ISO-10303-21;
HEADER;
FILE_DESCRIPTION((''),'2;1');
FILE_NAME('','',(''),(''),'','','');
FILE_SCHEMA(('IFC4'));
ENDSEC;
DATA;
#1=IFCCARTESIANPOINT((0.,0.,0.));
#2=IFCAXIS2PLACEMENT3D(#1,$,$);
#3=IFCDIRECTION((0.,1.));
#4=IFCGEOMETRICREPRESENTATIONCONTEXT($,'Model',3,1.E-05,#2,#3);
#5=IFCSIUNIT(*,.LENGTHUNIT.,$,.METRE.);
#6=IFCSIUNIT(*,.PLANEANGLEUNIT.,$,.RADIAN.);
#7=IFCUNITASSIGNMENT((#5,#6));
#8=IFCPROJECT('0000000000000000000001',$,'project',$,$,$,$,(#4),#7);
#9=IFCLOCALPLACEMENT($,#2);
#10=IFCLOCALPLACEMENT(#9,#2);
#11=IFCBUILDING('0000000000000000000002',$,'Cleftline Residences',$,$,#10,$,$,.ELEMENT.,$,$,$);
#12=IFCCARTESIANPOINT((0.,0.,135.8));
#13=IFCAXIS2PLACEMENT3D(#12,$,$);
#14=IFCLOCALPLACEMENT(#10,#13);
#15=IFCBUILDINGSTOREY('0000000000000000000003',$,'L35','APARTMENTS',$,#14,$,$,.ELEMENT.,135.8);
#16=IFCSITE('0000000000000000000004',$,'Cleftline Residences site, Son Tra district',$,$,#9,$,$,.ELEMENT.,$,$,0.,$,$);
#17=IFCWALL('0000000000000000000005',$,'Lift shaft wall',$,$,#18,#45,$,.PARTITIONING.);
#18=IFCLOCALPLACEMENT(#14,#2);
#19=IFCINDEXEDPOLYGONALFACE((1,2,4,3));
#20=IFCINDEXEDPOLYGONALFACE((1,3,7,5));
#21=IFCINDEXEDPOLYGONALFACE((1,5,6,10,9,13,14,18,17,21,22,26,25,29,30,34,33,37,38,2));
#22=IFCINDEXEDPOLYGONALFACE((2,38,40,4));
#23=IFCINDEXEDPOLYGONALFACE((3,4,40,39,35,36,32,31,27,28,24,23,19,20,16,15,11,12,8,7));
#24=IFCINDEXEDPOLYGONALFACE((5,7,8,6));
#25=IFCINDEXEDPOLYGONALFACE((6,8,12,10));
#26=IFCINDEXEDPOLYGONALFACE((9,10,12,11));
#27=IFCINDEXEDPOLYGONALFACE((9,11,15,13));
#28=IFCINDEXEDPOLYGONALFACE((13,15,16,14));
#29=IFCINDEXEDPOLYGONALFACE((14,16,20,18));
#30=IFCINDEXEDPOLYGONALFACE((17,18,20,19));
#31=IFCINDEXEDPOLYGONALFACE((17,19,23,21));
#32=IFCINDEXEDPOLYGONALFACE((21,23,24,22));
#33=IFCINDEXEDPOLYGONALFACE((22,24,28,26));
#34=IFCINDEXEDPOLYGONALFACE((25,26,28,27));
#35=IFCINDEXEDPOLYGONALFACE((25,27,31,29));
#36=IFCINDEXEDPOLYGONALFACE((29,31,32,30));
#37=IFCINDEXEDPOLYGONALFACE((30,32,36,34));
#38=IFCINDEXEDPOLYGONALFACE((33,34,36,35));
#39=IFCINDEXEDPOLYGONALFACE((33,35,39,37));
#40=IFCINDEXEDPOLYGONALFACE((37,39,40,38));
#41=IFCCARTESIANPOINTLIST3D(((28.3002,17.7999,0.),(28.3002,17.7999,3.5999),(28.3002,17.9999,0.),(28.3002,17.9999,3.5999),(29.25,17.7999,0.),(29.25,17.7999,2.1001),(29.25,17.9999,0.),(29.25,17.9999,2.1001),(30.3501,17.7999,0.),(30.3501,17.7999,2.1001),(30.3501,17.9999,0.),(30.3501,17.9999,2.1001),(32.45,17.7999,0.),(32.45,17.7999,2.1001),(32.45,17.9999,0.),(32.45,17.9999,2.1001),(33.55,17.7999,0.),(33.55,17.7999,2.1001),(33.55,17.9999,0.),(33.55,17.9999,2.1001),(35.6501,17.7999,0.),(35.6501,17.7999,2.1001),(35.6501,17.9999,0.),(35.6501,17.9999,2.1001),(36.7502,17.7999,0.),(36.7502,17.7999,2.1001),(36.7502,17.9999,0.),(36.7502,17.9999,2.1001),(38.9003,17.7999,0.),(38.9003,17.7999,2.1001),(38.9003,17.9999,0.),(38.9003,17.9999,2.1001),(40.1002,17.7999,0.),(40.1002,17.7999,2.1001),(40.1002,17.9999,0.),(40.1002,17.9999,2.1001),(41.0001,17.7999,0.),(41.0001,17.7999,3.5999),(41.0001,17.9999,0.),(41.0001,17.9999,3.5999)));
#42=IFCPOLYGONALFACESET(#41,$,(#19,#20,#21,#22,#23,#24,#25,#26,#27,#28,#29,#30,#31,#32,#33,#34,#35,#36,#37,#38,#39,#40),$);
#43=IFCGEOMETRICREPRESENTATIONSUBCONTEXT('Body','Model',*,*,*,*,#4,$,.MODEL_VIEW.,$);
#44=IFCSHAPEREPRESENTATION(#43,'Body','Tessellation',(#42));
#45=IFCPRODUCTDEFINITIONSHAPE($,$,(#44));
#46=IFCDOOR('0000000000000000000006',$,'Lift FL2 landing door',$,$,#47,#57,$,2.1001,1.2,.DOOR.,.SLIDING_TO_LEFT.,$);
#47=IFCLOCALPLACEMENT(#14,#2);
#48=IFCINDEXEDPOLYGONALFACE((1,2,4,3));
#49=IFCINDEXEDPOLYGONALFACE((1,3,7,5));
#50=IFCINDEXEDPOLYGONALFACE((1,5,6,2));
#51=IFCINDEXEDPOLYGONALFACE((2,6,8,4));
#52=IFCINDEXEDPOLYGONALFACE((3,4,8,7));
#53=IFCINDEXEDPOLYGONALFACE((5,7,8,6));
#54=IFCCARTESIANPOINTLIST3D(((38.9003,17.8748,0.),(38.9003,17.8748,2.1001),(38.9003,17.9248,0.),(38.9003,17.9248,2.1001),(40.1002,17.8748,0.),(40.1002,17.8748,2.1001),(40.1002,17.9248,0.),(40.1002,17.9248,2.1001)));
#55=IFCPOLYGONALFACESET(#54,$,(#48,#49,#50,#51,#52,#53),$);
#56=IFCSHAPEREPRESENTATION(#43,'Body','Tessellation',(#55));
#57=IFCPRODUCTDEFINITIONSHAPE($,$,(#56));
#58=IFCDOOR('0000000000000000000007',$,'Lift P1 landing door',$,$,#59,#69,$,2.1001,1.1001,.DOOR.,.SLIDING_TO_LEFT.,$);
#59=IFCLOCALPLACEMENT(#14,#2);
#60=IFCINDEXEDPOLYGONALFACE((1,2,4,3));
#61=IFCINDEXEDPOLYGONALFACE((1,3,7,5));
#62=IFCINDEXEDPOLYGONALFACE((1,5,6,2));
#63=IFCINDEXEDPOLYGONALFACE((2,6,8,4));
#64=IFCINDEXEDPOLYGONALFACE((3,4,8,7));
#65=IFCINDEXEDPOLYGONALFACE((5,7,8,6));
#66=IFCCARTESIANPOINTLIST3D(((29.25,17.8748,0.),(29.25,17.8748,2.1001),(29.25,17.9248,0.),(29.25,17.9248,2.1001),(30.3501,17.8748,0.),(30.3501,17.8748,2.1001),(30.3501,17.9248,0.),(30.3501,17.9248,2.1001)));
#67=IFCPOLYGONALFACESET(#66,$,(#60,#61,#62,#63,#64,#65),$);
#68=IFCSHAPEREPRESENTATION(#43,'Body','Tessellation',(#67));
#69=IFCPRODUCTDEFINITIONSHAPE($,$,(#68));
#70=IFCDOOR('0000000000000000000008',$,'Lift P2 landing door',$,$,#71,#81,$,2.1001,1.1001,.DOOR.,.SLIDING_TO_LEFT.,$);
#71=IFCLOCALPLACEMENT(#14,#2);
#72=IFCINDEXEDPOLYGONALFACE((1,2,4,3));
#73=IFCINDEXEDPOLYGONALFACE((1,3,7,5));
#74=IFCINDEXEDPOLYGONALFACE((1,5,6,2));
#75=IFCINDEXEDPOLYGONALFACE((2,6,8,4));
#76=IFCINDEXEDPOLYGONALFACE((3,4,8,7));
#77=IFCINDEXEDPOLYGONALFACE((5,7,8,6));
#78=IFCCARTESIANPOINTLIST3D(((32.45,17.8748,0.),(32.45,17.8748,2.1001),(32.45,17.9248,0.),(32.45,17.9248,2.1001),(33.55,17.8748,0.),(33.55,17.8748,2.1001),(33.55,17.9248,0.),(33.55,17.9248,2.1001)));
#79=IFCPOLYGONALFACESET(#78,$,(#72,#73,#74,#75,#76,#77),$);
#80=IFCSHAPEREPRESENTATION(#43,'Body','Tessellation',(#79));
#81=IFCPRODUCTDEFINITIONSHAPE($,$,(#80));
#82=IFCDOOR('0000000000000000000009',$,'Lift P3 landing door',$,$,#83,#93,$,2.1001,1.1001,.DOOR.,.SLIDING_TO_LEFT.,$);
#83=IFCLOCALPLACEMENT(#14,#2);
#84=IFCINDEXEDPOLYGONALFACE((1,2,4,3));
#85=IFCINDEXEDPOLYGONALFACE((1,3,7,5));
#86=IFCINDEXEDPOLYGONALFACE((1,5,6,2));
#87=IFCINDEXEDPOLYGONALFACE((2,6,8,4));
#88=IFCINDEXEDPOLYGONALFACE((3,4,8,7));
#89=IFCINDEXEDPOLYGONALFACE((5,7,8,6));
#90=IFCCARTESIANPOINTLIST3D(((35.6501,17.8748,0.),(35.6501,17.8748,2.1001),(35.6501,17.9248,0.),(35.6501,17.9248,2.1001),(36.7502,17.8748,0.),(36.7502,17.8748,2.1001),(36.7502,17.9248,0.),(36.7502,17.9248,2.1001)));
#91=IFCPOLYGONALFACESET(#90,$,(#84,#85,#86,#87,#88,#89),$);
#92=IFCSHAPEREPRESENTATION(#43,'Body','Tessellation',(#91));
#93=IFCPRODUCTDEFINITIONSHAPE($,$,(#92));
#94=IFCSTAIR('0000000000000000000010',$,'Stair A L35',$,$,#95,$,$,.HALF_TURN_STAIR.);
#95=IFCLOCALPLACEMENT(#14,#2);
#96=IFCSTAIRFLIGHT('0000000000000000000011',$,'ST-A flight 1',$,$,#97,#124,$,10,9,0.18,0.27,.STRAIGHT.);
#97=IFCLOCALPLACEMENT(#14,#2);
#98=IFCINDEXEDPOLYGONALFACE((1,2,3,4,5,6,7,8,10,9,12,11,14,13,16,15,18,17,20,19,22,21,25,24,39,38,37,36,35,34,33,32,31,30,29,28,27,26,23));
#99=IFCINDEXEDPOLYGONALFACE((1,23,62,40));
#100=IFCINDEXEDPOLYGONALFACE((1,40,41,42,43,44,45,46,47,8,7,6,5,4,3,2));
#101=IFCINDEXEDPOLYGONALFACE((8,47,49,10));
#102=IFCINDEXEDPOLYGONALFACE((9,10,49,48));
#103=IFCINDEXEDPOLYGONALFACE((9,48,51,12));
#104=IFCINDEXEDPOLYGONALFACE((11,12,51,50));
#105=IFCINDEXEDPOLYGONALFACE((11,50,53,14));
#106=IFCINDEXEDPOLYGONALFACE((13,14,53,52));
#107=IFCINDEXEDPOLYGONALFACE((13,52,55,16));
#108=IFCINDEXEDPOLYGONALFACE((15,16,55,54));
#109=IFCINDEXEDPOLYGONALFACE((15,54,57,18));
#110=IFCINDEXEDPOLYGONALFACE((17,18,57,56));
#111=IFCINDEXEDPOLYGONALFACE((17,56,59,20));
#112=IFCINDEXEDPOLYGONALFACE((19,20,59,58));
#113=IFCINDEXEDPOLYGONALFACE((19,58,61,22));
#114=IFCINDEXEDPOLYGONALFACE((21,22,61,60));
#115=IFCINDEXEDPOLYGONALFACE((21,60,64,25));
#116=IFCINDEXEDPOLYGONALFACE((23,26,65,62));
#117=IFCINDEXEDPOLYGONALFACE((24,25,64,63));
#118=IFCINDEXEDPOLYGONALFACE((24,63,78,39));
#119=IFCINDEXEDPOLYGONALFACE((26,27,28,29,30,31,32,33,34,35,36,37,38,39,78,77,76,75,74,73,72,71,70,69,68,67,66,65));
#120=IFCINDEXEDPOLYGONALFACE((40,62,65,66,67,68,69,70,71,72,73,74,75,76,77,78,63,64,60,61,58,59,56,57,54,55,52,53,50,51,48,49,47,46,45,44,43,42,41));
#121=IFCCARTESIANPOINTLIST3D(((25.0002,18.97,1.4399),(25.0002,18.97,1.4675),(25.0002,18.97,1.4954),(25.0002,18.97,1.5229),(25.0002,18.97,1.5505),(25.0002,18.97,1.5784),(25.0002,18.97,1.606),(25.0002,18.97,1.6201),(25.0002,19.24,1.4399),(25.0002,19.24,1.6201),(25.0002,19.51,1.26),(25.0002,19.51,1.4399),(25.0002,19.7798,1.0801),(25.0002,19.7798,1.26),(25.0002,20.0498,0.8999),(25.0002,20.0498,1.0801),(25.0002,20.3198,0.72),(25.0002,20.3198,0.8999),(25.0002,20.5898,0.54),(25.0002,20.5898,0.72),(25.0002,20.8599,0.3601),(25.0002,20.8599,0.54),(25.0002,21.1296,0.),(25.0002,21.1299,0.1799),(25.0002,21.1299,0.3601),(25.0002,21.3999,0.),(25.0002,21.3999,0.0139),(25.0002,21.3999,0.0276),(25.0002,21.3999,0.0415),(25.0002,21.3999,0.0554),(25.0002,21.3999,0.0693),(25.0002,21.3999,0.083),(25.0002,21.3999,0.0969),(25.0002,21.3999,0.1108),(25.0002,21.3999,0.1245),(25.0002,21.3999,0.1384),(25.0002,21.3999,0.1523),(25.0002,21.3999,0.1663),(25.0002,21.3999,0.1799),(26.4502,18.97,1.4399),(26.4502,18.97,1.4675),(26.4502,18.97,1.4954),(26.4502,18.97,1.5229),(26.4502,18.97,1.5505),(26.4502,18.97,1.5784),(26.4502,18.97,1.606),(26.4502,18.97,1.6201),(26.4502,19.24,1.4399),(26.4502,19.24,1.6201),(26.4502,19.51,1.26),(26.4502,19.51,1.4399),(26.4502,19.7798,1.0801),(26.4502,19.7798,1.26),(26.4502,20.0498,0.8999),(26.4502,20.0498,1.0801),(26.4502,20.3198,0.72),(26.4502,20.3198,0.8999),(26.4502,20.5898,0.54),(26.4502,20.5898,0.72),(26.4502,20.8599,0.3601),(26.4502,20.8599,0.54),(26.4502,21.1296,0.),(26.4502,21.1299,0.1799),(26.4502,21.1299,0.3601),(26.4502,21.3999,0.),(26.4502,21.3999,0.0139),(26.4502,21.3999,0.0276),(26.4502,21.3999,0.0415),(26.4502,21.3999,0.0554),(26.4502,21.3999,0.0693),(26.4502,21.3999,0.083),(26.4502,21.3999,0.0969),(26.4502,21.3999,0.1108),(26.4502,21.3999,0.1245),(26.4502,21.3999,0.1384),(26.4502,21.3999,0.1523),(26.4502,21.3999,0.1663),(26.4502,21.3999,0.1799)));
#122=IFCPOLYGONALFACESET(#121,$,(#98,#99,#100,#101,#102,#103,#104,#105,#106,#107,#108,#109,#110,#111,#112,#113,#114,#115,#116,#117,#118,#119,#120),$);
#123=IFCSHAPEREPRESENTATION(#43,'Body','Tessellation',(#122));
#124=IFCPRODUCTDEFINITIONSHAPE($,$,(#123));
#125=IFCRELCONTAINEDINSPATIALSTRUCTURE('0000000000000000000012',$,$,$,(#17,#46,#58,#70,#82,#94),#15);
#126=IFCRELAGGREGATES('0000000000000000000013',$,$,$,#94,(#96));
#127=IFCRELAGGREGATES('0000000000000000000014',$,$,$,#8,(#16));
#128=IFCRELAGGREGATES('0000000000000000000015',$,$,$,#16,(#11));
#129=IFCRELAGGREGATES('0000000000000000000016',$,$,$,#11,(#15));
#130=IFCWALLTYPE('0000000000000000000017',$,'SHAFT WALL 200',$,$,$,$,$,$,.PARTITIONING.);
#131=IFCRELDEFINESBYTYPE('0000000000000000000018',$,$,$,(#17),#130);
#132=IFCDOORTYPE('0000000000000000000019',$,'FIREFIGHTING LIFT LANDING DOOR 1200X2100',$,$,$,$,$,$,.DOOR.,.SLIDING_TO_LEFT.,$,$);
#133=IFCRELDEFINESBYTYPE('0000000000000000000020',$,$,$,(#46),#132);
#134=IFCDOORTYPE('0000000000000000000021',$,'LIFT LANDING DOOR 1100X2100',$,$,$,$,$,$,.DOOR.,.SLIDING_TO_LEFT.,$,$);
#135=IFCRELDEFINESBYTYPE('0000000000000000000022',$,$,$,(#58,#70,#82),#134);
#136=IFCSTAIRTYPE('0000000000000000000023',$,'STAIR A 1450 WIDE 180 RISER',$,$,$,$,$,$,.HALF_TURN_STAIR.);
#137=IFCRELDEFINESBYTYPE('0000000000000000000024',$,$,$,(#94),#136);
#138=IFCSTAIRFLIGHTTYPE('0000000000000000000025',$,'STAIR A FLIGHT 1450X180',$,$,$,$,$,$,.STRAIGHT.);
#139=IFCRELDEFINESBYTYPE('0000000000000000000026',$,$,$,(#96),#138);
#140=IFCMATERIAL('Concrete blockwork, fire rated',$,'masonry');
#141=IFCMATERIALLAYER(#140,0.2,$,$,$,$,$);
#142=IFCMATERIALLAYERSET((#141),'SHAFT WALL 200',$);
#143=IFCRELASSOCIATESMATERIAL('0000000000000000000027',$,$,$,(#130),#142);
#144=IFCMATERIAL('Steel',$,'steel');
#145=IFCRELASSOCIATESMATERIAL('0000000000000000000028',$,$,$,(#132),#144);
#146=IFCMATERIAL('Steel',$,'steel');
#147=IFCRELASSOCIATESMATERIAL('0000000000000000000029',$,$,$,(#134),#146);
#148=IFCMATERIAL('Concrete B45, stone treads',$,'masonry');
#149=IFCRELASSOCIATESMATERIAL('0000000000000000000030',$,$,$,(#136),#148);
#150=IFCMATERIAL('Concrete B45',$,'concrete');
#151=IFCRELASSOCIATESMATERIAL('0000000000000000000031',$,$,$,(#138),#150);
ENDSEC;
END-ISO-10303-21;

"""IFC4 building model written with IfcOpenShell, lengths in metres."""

from ifc_helpers import new_model, si_unit, direction, frame, frame_2d, origin, place, context, subcontext, project, spatial, polyline, rectangle, outline, extrude, material, layer, layer_set, type_object, element, fill, aggregate, save


model = new_model("IFC4")

# Units and contexts
model_context = context("Model", 3, precision=1e-05, world=origin(), true_north=direction((0.0, 1.0)))
body_context = subcontext(model_context, "Body", "Model", "MODEL_VIEW")
ifc_project = project(units=[si_unit("LENGTHUNIT", "METRE"), si_unit("PLANEANGLEUNIT", "RADIAN")], contexts=[model_context])

# Site, building, storey
site_placement = place(None, origin())
site = spatial("IfcSite", under=ifc_project, at=site_placement, Name="Cleftline Residences site, Son Tra district", CompositionType="ELEMENT", RefElevation=0.0)
building_placement = place(site_placement, origin())
building = spatial("IfcBuilding", under=site, at=building_placement, Name="Cleftline Residences", CompositionType="ELEMENT")
storey_placement = place(building_placement, frame((0.0, 0.0, 135.8)))
storey = spatial("IfcBuildingStorey", under=building, at=storey_placement, Name="L35", Description="APARTMENTS", CompositionType="ELEMENT", Elevation=135.8)

# Wall, openings, doors
ifc_material_1 = material(Name="Concrete blockwork, fire rated", Category="masonry")
ifc_layer_1 = layer(ifc_material_1, 0.2)
ifc_layer_set_1 = layer_set([ifc_layer_1], Name="SHAFT WALL 200")
wall_type_1 = type_object("IfcWallType", Name="SHAFT WALL 200", PredefinedType="PARTITIONING", material=ifc_layer_set_1)
wall_1_placement = place(storey_placement, frame((28.3, 17.8999, 0.0), z_axis=(0.0, 0.0, 1.0), x_axis=(1.0, 0.0, 0.0)))
wall_1 = element("IfcWall", 1, at=wall_1_placement, inside=storey, type_object=wall_type_1, Name="Lift shaft wall", PredefinedType="PARTITIONING", context=body_context, shape_type="SweptSolid", body=[
    extrude(rectangle(XDim=12.7, YDim=0.2, at=frame_2d((6.3501, 0.0))), origin(), (0.0, 0.0, 1.0), 3.5999),
])
opening_1_placement = place(wall_1_placement, frame((0.95, 0.0, 0.0)))
opening_1 = element("IfcOpeningElement", 2, at=opening_1_placement, cuts=wall_1, PredefinedType="OPENING", context=body_context, shape_type="SweptSolid", body=[
    extrude(rectangle(XDim=1.1001, YDim=2.1001, at=frame_2d((0.55, 1.05))), frame((0.0, 0.1099, 0.0), z_axis=(0.0, -1.0, 0.0), x_axis=(1.0, 0.0, 0.0)), (0.0, 0.0, 1.0), 0.22),
])
opening_2_placement = place(wall_1_placement, frame((4.1499, 0.0, 0.0)))
opening_2 = element("IfcOpeningElement", 3, at=opening_2_placement, cuts=wall_1, PredefinedType="OPENING", context=body_context, shape_type="SweptSolid", body=[
    extrude(rectangle(XDim=1.1001, YDim=2.1001, at=frame_2d((0.55, 1.05))), frame((0.0, 0.1099, 0.0), z_axis=(0.0, -1.0, 0.0), x_axis=(1.0, 0.0, 0.0)), (0.0, 0.0, 1.0), 0.22),
])
opening_3_placement = place(wall_1_placement, frame((7.3501, 0.0, 0.0)))
opening_3 = element("IfcOpeningElement", 4, at=opening_3_placement, cuts=wall_1, PredefinedType="OPENING", context=body_context, shape_type="SweptSolid", body=[
    extrude(rectangle(XDim=1.1001, YDim=2.1001, at=frame_2d((0.55, 1.05))), frame((0.0, 0.1099, 0.0), z_axis=(0.0, -1.0, 0.0), x_axis=(1.0, 0.0, 0.0)), (0.0, 0.0, 1.0), 0.22),
])
opening_4_placement = place(wall_1_placement, frame((10.6001, 0.0, 0.0)))
opening_4 = element("IfcOpeningElement", 5, at=opening_4_placement, cuts=wall_1, PredefinedType="OPENING", context=body_context, shape_type="SweptSolid", body=[
    extrude(rectangle(XDim=1.2, YDim=2.1001, at=frame_2d((0.6001, 1.05))), frame((0.0, 0.1099, 0.0), z_axis=(0.0, -1.0, 0.0), x_axis=(1.0, 0.0, 0.0)), (0.0, 0.0, 1.0), 0.22),
])
ifc_material_2 = material(Name="Steel", Category="steel")
door_type_1 = type_object("IfcDoorType", Name="FIREFIGHTING LIFT LANDING DOOR 1200X2100", OperationType="SLIDING_TO_LEFT", PredefinedType="DOOR", material=ifc_material_2)
door_1_placement = place(opening_4_placement, origin())
door_1 = element("IfcDoor", 6, at=door_1_placement, inside=storey, type_object=door_type_1, Name="Lift FL2 landing door", OperationType="SLIDING_TO_LEFT", OverallHeight=2.1001, OverallWidth=1.2, PredefinedType="DOOR", context=body_context, shape_type="SweptSolid", body=[
    extrude(rectangle(XDim=1.2, YDim=2.1001, at=frame_2d((0.6001, 1.05))), frame((0.0, 0.0249, 0.0), z_axis=(0.0, -1.0, 0.0), x_axis=(1.0, 0.0, 0.0)), (0.0, 0.0, 1.0), 0.05),
])
fill(opening_4, door_1)
ifc_material_3 = material(Name="Steel", Category="steel")
door_type_2 = type_object("IfcDoorType", Name="LIFT LANDING DOOR 1100X2100", OperationType="SLIDING_TO_LEFT", PredefinedType="DOOR", material=ifc_material_3)
door_2_placement = place(opening_1_placement, origin())
door_2 = element("IfcDoor", 7, at=door_2_placement, inside=storey, type_object=door_type_2, Name="Lift P1 landing door", OperationType="SLIDING_TO_LEFT", OverallHeight=2.1001, OverallWidth=1.1001, PredefinedType="DOOR", context=body_context, shape_type="SweptSolid", body=[
    extrude(rectangle(XDim=1.1001, YDim=2.1001, at=frame_2d((0.55, 1.05))), frame((0.0, 0.0249, 0.0), z_axis=(0.0, -1.0, 0.0), x_axis=(1.0, 0.0, 0.0)), (0.0, 0.0, 1.0), 0.05),
])
fill(opening_1, door_2)
door_3_placement = place(opening_2_placement, origin())
door_3 = element("IfcDoor", 8, at=door_3_placement, inside=storey, type_object=door_type_2, Name="Lift P2 landing door", OperationType="SLIDING_TO_LEFT", OverallHeight=2.1001, OverallWidth=1.1001, PredefinedType="DOOR", context=body_context, shape_type="SweptSolid", body=[
    extrude(rectangle(XDim=1.1001, YDim=2.1001, at=frame_2d((0.55, 1.05))), frame((0.0, 0.0249, 0.0), z_axis=(0.0, -1.0, 0.0), x_axis=(1.0, 0.0, 0.0)), (0.0, 0.0, 1.0), 0.05),
])
fill(opening_2, door_3)
door_4_placement = place(opening_3_placement, origin())
door_4 = element("IfcDoor", 9, at=door_4_placement, inside=storey, type_object=door_type_2, Name="Lift P3 landing door", OperationType="SLIDING_TO_LEFT", OverallHeight=2.1001, OverallWidth=1.1001, PredefinedType="DOOR", context=body_context, shape_type="SweptSolid", body=[
    extrude(rectangle(XDim=1.1001, YDim=2.1001, at=frame_2d((0.55, 1.05))), frame((0.0, 0.0249, 0.0), z_axis=(0.0, -1.0, 0.0), x_axis=(1.0, 0.0, 0.0)), (0.0, 0.0, 1.0), 0.05),
])
fill(opening_3, door_4)

# Stair, stair flight
ifc_material_4 = material(Name="Concrete B45, stone treads", Category="masonry")
stair_type = type_object("IfcStairType", Name="STAIR A 1450 WIDE 180 RISER", PredefinedType="HALF_TURN_STAIR", material=ifc_material_4)
stair_placement = place(storey_placement, origin())
stair = element("IfcStair", 10, at=stair_placement, inside=storey, type_object=stair_type, Name="Stair A L35", PredefinedType="HALF_TURN_STAIR")
ifc_material_5 = material(Name="Concrete B45", Category="concrete")
stair_flight_type = type_object("IfcStairFlightType", Name="STAIR A FLIGHT 1450X180", PredefinedType="STRAIGHT", material=ifc_material_5)
stair_flight_1_placement = place(storey_placement, frame((25.7251, 21.3999, 0.0), z_axis=(0.0, 0.0, 1.0), x_axis=(0.0, -1.0, 0.0)))
stair_flight_1 = element("IfcStairFlight", 11, at=stair_flight_1_placement, type_object=stair_flight_type, Name="ST-A flight 1", NumberOfRisers=10, NumberOfTreads=9, PredefinedType="STRAIGHT", RiserHeight=0.18, TreadLength=0.27, context=body_context, shape_type="SweptSolid", body=[
    extrude(outline(polyline([(0.0, 0.0), (0.0, 0.0139), (0.0, 0.0276), (0.0, 0.0415), (0.0, 0.0554), (0.0, 0.0693), (0.0, 0.083), (0.0, 0.0969), (0.0, 0.1108), (0.0, 0.1245), (0.0, 0.1384), (0.0, 0.1523), (0.0, 0.1663), (0.0, 0.1799), (0.27, 0.1799), (0.27, 0.3601), (0.54, 0.3601), (0.54, 0.54), (0.8101, 0.54), (0.8101, 0.72), (1.0801, 0.72), (1.0801, 0.8999), (1.3501, 0.8999), (1.3501, 1.0801), (1.6201, 1.0801), (1.6201, 1.26), (1.8899, 1.26), (1.8899, 1.4399), (2.1599, 1.4399), (2.1599, 1.6201), (2.4299, 1.6201), (2.4299, 1.8), (2.4299, 1.7722), (2.4299, 1.7446), (2.4299, 1.7168), (2.4299, 1.6892), (2.4299, 1.6614), (2.4299, 1.6338), (2.4299, 1.606), (2.4299, 1.5784), (2.4299, 1.5505), (2.4299, 1.5229), (2.4299, 1.4954), (2.4299, 1.4675), (2.4299, 1.4399), (0.2703, 0.0), (0.0, 0.0)])), frame((0.0, 0.7251, 0.0), z_axis=(0.0, -1.0, 0.0), x_axis=(1.0, 0.0, 0.0)), (0.0, 0.0, 1.0), 1.45),
])
aggregate(stair, [stair_flight_1])

save(model, "model.ifc")
